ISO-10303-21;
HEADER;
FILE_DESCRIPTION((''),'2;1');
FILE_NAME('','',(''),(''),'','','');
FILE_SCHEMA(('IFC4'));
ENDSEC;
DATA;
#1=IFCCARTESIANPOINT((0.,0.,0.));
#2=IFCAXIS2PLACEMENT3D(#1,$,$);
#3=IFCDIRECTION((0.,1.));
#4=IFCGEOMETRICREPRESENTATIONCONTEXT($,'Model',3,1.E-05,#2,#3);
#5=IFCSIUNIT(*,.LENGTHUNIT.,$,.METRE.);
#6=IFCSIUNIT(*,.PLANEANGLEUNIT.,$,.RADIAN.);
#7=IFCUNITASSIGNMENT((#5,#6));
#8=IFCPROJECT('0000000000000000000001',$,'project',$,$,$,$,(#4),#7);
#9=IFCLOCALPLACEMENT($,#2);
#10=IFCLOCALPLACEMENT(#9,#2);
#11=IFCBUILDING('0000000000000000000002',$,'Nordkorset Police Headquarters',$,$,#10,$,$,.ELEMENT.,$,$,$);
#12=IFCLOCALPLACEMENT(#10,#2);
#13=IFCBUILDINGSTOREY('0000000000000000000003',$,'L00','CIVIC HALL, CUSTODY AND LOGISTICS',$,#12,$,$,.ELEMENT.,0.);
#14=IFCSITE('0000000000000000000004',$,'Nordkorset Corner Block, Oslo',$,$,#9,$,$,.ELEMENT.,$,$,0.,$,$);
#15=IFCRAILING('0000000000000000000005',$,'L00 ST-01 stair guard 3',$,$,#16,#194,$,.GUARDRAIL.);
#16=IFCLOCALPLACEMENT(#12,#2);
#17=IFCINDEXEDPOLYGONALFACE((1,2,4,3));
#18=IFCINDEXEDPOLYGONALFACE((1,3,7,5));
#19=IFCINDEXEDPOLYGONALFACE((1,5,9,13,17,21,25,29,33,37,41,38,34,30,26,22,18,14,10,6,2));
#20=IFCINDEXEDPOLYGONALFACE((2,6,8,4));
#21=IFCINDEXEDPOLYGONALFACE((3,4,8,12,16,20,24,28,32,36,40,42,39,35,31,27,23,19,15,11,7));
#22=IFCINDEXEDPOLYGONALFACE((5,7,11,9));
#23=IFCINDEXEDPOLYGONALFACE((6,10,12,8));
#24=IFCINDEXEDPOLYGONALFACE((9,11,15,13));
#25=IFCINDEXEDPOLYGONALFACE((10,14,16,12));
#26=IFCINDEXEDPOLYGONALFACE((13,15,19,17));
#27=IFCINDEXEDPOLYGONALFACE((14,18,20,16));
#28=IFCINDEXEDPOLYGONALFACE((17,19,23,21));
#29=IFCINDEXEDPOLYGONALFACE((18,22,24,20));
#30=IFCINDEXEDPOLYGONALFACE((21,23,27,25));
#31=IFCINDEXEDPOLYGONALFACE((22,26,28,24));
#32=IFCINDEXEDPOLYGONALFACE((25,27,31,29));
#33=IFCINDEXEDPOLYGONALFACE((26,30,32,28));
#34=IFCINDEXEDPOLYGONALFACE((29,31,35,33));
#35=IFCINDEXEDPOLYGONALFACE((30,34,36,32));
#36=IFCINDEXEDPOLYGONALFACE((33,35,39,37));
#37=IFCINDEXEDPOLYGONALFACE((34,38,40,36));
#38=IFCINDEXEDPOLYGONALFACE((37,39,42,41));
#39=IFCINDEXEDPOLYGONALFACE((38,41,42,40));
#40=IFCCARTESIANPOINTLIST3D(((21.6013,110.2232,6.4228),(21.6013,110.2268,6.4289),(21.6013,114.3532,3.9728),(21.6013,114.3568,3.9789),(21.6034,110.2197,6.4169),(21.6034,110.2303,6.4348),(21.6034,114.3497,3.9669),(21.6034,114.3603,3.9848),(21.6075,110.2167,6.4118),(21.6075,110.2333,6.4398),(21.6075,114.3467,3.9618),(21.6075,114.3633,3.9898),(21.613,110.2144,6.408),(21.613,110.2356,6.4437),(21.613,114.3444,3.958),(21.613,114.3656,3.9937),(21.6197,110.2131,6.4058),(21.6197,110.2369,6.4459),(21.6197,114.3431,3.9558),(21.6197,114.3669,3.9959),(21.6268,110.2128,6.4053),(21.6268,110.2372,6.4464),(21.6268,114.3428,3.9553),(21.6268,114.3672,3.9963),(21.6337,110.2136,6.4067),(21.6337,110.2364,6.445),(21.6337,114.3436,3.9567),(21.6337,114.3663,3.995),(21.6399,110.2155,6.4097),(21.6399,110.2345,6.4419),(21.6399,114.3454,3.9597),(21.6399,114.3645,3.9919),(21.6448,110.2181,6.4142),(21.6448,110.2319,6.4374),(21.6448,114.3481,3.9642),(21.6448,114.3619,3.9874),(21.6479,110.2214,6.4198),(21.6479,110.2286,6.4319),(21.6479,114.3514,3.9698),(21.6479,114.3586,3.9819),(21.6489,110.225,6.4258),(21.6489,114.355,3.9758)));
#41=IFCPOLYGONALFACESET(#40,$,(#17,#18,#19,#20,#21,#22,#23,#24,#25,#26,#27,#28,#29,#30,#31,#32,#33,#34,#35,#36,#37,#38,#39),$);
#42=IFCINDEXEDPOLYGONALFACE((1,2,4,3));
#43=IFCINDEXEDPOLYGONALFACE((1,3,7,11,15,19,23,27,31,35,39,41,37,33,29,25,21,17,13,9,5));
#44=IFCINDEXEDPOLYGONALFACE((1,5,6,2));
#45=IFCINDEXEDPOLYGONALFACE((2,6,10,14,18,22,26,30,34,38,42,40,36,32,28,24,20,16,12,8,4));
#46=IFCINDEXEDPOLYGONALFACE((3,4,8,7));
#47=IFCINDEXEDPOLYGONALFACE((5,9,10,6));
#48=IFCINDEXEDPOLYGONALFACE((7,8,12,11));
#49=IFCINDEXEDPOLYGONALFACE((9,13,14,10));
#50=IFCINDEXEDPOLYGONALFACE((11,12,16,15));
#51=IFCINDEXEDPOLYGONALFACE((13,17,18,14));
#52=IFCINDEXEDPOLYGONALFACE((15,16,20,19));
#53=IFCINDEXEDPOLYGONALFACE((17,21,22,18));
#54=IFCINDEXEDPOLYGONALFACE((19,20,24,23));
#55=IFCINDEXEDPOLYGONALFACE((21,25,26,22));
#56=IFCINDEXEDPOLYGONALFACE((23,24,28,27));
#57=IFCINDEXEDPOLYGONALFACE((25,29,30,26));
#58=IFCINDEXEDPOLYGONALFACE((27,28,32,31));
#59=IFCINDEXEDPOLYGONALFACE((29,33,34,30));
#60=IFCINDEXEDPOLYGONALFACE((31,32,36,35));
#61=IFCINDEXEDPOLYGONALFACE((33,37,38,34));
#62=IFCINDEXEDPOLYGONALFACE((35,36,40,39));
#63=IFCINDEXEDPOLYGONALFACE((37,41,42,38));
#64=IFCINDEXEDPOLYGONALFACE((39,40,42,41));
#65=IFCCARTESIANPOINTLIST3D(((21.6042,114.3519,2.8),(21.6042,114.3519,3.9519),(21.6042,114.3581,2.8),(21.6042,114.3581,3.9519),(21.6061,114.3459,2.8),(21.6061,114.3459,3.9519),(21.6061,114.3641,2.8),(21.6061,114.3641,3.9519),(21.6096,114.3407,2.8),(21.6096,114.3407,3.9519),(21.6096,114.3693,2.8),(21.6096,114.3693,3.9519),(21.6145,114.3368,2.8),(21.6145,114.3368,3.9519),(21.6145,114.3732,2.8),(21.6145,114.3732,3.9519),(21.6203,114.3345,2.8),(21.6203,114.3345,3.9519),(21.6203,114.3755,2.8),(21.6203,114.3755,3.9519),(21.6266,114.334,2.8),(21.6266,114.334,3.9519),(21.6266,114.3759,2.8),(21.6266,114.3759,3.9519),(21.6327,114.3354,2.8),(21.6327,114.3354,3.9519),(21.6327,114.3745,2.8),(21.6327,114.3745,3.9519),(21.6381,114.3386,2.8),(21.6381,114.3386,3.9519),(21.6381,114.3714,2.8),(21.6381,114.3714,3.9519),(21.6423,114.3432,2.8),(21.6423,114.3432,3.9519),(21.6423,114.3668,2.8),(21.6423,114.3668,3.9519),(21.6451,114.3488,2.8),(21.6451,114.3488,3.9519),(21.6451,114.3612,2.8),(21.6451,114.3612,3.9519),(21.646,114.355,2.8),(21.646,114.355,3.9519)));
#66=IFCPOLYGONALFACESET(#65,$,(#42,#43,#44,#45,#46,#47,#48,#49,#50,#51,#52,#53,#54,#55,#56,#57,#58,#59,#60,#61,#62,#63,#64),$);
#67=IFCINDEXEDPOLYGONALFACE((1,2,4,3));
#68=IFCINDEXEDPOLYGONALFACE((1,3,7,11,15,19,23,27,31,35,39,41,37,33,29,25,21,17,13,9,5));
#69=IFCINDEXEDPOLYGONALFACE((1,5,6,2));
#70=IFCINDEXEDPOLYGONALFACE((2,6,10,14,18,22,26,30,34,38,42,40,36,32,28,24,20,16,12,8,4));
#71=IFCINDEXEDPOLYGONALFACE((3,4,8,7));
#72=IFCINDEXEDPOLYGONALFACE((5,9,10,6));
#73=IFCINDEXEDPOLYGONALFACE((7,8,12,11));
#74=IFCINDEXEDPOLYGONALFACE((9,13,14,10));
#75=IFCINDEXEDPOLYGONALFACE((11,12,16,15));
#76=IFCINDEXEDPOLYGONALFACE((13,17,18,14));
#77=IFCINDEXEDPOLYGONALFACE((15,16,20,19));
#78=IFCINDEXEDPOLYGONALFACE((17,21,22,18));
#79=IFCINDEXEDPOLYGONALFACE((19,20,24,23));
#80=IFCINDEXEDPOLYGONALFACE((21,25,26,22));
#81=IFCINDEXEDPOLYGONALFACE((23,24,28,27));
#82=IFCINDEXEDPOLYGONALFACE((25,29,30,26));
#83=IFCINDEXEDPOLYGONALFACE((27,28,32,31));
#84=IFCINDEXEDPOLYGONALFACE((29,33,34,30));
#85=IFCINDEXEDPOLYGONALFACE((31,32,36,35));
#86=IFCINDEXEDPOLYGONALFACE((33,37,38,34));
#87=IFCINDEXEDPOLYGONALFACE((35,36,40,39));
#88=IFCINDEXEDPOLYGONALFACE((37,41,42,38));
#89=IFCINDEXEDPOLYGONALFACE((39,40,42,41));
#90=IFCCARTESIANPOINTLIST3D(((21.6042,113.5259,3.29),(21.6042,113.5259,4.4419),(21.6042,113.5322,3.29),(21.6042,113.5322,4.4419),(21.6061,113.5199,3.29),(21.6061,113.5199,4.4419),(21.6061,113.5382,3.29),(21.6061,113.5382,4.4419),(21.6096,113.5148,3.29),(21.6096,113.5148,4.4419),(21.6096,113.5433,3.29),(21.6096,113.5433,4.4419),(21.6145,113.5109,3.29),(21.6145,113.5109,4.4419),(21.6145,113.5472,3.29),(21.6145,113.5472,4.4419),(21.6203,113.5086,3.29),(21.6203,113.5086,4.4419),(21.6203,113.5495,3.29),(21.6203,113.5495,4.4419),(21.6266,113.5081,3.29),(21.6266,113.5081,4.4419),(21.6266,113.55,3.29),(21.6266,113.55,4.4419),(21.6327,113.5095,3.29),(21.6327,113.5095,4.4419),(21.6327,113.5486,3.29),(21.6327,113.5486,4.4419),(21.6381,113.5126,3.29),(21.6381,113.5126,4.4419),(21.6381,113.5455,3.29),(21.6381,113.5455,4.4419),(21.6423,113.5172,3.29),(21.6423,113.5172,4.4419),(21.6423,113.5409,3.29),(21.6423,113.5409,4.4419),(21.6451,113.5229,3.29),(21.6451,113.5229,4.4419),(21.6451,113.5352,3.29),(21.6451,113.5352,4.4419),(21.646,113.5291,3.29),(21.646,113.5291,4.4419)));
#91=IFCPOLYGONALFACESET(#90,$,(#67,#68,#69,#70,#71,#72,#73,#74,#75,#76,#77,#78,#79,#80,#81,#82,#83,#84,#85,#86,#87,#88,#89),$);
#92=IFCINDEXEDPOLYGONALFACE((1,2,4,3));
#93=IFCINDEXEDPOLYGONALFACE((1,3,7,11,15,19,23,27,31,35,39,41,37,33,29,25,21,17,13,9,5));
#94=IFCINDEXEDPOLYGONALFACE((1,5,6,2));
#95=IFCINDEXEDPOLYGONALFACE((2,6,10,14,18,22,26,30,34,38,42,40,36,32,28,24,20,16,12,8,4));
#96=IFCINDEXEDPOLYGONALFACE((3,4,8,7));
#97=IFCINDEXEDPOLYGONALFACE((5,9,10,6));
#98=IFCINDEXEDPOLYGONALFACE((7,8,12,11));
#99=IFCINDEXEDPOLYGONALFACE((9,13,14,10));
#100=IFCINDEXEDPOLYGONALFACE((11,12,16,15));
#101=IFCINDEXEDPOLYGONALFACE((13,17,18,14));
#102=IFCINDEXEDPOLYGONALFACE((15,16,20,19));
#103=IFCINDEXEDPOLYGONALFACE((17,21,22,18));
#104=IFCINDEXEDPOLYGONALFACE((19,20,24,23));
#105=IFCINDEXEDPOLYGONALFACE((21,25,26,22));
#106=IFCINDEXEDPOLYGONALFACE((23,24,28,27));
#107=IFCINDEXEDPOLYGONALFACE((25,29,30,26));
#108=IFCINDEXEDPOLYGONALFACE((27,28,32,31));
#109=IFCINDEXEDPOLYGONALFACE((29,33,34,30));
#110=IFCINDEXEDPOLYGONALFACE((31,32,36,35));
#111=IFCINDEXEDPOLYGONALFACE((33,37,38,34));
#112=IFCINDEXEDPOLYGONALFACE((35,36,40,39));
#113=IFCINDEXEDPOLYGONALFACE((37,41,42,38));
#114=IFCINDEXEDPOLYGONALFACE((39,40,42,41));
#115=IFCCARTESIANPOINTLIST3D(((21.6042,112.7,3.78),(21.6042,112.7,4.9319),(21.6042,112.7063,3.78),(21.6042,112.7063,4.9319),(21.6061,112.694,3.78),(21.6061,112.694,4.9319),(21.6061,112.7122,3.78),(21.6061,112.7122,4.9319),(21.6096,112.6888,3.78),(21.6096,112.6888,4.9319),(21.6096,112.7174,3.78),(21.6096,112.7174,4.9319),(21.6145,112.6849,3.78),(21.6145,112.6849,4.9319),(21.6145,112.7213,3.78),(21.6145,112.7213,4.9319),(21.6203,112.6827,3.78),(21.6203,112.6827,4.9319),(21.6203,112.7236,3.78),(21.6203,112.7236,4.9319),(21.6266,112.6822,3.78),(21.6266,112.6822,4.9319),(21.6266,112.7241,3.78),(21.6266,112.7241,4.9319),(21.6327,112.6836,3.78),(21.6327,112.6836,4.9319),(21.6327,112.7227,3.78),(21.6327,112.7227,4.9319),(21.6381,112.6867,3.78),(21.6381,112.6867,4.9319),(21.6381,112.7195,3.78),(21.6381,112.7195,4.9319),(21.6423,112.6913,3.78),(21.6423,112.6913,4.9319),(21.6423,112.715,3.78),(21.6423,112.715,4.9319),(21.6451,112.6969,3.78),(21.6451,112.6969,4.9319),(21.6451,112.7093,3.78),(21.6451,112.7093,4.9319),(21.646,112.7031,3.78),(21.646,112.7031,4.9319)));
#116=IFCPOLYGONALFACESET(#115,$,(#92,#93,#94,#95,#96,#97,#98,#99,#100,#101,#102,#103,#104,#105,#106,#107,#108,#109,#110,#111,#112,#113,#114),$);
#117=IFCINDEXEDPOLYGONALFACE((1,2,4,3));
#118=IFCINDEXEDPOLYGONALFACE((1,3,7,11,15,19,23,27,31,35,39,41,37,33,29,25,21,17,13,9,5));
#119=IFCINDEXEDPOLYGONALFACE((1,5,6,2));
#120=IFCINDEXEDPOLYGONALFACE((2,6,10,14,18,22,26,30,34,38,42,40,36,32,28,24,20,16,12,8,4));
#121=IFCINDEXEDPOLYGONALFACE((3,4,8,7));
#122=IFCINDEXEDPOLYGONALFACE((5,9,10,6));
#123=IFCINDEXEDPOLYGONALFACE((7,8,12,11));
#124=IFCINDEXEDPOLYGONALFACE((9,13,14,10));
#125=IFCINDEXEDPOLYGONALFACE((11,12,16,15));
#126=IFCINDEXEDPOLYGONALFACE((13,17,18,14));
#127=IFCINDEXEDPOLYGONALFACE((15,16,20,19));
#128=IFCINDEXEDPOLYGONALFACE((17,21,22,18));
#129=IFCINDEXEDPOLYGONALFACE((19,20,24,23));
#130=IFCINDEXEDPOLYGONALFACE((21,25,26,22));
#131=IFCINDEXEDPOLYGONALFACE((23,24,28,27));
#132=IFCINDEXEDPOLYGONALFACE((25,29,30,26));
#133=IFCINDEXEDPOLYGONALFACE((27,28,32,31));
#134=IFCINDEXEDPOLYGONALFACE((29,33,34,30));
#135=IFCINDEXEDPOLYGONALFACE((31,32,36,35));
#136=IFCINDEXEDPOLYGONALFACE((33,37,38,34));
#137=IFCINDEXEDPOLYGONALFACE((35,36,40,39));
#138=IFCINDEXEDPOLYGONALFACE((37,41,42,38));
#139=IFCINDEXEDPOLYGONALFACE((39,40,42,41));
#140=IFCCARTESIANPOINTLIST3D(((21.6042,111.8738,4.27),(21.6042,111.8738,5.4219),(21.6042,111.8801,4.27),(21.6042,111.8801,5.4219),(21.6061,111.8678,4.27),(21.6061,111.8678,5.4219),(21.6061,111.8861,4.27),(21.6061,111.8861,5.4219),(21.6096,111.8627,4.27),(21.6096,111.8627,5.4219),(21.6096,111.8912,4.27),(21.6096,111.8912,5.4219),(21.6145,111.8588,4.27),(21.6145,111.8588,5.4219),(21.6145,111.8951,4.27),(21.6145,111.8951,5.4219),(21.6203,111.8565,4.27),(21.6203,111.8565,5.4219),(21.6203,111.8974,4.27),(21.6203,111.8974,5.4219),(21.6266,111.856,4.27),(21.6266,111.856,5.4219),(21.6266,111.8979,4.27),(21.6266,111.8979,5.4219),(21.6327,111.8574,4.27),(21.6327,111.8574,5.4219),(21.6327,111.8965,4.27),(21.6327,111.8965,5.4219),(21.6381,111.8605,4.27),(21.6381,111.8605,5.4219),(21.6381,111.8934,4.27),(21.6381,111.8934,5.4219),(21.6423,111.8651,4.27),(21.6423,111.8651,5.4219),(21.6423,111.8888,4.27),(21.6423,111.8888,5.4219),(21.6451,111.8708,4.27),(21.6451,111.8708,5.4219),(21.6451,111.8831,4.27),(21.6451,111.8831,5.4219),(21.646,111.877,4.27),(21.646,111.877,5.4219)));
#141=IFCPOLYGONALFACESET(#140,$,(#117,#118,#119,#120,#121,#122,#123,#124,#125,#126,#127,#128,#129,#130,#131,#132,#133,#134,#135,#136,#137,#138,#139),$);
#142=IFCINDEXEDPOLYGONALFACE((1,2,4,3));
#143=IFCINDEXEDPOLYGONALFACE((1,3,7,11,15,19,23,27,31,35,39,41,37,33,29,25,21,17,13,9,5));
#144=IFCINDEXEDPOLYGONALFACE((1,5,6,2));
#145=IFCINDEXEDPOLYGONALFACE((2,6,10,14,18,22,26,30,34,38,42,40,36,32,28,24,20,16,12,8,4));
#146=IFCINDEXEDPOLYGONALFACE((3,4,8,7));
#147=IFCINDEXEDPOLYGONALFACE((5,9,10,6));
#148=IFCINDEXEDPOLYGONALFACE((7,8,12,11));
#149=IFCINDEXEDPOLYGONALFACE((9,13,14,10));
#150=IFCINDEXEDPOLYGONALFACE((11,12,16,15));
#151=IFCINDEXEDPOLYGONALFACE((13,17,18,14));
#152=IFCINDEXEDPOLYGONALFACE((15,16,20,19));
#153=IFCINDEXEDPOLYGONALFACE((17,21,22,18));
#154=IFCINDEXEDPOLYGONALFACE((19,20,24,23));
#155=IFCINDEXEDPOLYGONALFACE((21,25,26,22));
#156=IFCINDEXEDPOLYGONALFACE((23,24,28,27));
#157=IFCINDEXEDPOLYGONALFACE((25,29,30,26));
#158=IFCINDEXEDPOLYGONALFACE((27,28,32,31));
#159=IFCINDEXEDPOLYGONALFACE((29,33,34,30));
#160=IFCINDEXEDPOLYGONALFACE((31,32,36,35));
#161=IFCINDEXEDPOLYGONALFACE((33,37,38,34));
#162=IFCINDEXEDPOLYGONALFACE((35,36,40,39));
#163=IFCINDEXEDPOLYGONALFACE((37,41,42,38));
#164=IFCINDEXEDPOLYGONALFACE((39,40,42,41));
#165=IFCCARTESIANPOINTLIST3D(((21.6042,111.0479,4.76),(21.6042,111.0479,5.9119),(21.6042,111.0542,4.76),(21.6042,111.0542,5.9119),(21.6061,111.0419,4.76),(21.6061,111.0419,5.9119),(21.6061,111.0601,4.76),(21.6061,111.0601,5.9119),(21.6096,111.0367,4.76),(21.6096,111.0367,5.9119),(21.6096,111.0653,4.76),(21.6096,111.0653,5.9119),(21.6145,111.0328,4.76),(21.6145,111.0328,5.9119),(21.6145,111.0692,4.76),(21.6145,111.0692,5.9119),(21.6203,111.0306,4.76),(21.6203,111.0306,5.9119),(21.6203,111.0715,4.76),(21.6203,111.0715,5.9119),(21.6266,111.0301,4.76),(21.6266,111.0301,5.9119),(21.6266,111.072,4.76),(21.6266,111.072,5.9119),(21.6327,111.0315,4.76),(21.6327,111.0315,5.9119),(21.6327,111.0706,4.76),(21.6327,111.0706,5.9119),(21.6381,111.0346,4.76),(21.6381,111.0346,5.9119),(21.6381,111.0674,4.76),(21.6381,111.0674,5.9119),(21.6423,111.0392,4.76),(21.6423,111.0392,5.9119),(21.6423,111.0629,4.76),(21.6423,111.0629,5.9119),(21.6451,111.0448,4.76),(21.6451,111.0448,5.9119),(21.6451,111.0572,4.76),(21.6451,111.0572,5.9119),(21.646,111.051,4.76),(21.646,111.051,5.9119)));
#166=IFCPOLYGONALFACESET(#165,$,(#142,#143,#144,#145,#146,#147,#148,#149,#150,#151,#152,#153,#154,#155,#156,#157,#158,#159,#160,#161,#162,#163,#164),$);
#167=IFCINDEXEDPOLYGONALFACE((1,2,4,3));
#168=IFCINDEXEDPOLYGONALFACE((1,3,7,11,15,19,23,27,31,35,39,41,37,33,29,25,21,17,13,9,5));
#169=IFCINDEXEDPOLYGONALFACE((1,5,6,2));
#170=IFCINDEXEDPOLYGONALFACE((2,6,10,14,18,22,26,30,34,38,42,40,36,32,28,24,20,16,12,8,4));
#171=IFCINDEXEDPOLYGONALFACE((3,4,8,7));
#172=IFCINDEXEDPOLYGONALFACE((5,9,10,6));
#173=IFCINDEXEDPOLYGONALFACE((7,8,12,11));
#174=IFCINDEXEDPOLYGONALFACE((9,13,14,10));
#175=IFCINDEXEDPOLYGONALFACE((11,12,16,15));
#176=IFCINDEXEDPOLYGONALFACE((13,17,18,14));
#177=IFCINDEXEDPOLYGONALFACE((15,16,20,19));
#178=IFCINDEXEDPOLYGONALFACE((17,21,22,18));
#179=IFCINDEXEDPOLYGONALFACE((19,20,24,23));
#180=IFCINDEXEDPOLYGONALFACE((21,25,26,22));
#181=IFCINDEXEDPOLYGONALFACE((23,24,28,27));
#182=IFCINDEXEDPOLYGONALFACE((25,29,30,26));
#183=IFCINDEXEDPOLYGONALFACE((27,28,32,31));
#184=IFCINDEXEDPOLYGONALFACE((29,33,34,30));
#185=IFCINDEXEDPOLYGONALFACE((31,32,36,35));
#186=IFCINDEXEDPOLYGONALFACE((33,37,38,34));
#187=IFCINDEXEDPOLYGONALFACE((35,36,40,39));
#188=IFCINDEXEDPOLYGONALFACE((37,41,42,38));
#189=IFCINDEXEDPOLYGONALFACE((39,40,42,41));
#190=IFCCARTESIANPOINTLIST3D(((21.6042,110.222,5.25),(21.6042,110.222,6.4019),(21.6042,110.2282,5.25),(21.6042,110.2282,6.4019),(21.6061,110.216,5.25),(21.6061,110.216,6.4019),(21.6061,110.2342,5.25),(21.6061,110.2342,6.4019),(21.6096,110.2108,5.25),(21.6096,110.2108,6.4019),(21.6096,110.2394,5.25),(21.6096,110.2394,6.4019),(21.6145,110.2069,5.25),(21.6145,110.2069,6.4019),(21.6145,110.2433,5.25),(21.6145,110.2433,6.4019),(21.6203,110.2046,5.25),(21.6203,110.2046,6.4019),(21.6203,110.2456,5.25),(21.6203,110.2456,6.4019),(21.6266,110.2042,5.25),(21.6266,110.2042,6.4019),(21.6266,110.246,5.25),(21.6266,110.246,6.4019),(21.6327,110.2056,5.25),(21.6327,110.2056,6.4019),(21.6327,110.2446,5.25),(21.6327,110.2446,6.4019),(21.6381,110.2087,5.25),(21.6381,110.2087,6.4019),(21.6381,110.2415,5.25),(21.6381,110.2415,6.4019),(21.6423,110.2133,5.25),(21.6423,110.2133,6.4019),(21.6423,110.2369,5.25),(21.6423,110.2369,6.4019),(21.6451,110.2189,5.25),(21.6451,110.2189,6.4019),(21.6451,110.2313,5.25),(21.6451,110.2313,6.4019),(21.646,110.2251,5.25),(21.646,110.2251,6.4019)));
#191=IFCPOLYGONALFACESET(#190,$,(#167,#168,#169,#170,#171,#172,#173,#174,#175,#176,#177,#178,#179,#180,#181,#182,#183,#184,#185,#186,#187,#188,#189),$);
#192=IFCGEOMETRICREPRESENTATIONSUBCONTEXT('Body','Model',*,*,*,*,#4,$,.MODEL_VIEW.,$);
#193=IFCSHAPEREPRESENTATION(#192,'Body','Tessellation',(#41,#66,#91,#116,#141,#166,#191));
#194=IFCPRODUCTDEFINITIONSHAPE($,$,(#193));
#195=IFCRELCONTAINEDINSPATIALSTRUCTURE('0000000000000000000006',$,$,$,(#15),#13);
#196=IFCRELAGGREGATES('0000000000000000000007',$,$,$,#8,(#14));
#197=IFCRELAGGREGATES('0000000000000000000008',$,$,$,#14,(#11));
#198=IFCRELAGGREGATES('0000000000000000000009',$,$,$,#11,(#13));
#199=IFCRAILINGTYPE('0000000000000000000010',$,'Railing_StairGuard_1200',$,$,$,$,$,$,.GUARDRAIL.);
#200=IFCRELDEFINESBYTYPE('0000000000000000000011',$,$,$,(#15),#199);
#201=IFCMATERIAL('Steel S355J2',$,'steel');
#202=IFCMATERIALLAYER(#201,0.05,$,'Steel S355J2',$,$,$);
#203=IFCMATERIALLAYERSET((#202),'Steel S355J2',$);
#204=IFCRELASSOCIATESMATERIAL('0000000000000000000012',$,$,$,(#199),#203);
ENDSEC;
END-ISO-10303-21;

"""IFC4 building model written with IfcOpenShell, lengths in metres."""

from ifc_helpers import new_model, si_unit, direction, frame, origin, origin_2d, place, context, subcontext, project, spatial, circle, extrude, material, layer, layer_set, type_object, element, save


model = new_model("IFC4")

# Units and contexts
model_context = context("Model", 3, precision=1e-05, world=origin(), true_north=direction((0.0, 1.0)))
body_context = subcontext(model_context, "Body", "Model", "MODEL_VIEW")
ifc_project = project(units=[si_unit("LENGTHUNIT", "METRE"), si_unit("PLANEANGLEUNIT", "RADIAN")], contexts=[model_context])

# Site, building, storey
site_placement = place(None, origin())
site = spatial("IfcSite", under=ifc_project, at=site_placement, Name="Nordkorset Corner Block, Oslo", CompositionType="ELEMENT", RefElevation=0.0)
building_placement = place(site_placement, origin())
building = spatial("IfcBuilding", under=site, at=building_placement, Name="Nordkorset Police Headquarters", CompositionType="ELEMENT")
storey_placement = place(building_placement, origin())
storey = spatial("IfcBuildingStorey", under=building, at=storey_placement, Name="L00", Description="CIVIC HALL, CUSTODY AND LOGISTICS", CompositionType="ELEMENT", Elevation=0.0)

# Railing
ifc_material_1 = material(Name="Steel S355J2", Category="steel")
ifc_layer_1 = layer(ifc_material_1, 0.05, Name="Steel S355J2")
ifc_layer_set_1 = layer_set([ifc_layer_1], Name="Steel S355J2")
railing_type_1 = type_object("IfcRailingType", Name="Railing_StairGuard_1200", PredefinedType="GUARDRAIL", material=ifc_layer_set_1)
railing_1_placement = place(storey_placement, frame((21.625, 114.355, 2.8)))
element("IfcRailing", 1, at=railing_1_placement, inside=storey, type_object=railing_type_1, Name="L00 ST-01 stair guard 3", PredefinedType="GUARDRAIL", context=body_context, shape_type="SweptSolid", body=[
    extrude(circle(Radius=0.0239, at=origin_2d()), frame((0.0, 0.0, 1.1758), z_axis=(0.0, -0.860053, 0.510205), x_axis=(1.0, 0.0, 0.0)), (0.0, 0.0, 1.0), 4.802),
    extrude(circle(Radius=0.021, at=origin_2d()), origin(), (0.0, 0.0, 1.0), 1.1519),
    extrude(circle(Radius=0.021, at=origin_2d()), frame((0.0, -0.8259, 0.49)), (0.0, 0.0, 1.0), 1.1519),
    extrude(circle(Radius=0.021, at=origin_2d()), frame((0.0, -1.6519, 0.98)), (0.0, 0.0, 1.0), 1.1519),
    extrude(circle(Radius=0.021, at=origin_2d()), frame((0.0, -2.478, 1.47)), (0.0, 0.0, 1.0), 1.1519),
    extrude(circle(Radius=0.021, at=origin_2d()), frame((0.0, -3.304, 1.96)), (0.0, 0.0, 1.0), 1.1519),
    extrude(circle(Radius=0.021, at=origin_2d()), frame((0.0, -4.1299, 2.45)), (0.0, 0.0, 1.0), 1.1519),
])

save(model, "model.ifc")
